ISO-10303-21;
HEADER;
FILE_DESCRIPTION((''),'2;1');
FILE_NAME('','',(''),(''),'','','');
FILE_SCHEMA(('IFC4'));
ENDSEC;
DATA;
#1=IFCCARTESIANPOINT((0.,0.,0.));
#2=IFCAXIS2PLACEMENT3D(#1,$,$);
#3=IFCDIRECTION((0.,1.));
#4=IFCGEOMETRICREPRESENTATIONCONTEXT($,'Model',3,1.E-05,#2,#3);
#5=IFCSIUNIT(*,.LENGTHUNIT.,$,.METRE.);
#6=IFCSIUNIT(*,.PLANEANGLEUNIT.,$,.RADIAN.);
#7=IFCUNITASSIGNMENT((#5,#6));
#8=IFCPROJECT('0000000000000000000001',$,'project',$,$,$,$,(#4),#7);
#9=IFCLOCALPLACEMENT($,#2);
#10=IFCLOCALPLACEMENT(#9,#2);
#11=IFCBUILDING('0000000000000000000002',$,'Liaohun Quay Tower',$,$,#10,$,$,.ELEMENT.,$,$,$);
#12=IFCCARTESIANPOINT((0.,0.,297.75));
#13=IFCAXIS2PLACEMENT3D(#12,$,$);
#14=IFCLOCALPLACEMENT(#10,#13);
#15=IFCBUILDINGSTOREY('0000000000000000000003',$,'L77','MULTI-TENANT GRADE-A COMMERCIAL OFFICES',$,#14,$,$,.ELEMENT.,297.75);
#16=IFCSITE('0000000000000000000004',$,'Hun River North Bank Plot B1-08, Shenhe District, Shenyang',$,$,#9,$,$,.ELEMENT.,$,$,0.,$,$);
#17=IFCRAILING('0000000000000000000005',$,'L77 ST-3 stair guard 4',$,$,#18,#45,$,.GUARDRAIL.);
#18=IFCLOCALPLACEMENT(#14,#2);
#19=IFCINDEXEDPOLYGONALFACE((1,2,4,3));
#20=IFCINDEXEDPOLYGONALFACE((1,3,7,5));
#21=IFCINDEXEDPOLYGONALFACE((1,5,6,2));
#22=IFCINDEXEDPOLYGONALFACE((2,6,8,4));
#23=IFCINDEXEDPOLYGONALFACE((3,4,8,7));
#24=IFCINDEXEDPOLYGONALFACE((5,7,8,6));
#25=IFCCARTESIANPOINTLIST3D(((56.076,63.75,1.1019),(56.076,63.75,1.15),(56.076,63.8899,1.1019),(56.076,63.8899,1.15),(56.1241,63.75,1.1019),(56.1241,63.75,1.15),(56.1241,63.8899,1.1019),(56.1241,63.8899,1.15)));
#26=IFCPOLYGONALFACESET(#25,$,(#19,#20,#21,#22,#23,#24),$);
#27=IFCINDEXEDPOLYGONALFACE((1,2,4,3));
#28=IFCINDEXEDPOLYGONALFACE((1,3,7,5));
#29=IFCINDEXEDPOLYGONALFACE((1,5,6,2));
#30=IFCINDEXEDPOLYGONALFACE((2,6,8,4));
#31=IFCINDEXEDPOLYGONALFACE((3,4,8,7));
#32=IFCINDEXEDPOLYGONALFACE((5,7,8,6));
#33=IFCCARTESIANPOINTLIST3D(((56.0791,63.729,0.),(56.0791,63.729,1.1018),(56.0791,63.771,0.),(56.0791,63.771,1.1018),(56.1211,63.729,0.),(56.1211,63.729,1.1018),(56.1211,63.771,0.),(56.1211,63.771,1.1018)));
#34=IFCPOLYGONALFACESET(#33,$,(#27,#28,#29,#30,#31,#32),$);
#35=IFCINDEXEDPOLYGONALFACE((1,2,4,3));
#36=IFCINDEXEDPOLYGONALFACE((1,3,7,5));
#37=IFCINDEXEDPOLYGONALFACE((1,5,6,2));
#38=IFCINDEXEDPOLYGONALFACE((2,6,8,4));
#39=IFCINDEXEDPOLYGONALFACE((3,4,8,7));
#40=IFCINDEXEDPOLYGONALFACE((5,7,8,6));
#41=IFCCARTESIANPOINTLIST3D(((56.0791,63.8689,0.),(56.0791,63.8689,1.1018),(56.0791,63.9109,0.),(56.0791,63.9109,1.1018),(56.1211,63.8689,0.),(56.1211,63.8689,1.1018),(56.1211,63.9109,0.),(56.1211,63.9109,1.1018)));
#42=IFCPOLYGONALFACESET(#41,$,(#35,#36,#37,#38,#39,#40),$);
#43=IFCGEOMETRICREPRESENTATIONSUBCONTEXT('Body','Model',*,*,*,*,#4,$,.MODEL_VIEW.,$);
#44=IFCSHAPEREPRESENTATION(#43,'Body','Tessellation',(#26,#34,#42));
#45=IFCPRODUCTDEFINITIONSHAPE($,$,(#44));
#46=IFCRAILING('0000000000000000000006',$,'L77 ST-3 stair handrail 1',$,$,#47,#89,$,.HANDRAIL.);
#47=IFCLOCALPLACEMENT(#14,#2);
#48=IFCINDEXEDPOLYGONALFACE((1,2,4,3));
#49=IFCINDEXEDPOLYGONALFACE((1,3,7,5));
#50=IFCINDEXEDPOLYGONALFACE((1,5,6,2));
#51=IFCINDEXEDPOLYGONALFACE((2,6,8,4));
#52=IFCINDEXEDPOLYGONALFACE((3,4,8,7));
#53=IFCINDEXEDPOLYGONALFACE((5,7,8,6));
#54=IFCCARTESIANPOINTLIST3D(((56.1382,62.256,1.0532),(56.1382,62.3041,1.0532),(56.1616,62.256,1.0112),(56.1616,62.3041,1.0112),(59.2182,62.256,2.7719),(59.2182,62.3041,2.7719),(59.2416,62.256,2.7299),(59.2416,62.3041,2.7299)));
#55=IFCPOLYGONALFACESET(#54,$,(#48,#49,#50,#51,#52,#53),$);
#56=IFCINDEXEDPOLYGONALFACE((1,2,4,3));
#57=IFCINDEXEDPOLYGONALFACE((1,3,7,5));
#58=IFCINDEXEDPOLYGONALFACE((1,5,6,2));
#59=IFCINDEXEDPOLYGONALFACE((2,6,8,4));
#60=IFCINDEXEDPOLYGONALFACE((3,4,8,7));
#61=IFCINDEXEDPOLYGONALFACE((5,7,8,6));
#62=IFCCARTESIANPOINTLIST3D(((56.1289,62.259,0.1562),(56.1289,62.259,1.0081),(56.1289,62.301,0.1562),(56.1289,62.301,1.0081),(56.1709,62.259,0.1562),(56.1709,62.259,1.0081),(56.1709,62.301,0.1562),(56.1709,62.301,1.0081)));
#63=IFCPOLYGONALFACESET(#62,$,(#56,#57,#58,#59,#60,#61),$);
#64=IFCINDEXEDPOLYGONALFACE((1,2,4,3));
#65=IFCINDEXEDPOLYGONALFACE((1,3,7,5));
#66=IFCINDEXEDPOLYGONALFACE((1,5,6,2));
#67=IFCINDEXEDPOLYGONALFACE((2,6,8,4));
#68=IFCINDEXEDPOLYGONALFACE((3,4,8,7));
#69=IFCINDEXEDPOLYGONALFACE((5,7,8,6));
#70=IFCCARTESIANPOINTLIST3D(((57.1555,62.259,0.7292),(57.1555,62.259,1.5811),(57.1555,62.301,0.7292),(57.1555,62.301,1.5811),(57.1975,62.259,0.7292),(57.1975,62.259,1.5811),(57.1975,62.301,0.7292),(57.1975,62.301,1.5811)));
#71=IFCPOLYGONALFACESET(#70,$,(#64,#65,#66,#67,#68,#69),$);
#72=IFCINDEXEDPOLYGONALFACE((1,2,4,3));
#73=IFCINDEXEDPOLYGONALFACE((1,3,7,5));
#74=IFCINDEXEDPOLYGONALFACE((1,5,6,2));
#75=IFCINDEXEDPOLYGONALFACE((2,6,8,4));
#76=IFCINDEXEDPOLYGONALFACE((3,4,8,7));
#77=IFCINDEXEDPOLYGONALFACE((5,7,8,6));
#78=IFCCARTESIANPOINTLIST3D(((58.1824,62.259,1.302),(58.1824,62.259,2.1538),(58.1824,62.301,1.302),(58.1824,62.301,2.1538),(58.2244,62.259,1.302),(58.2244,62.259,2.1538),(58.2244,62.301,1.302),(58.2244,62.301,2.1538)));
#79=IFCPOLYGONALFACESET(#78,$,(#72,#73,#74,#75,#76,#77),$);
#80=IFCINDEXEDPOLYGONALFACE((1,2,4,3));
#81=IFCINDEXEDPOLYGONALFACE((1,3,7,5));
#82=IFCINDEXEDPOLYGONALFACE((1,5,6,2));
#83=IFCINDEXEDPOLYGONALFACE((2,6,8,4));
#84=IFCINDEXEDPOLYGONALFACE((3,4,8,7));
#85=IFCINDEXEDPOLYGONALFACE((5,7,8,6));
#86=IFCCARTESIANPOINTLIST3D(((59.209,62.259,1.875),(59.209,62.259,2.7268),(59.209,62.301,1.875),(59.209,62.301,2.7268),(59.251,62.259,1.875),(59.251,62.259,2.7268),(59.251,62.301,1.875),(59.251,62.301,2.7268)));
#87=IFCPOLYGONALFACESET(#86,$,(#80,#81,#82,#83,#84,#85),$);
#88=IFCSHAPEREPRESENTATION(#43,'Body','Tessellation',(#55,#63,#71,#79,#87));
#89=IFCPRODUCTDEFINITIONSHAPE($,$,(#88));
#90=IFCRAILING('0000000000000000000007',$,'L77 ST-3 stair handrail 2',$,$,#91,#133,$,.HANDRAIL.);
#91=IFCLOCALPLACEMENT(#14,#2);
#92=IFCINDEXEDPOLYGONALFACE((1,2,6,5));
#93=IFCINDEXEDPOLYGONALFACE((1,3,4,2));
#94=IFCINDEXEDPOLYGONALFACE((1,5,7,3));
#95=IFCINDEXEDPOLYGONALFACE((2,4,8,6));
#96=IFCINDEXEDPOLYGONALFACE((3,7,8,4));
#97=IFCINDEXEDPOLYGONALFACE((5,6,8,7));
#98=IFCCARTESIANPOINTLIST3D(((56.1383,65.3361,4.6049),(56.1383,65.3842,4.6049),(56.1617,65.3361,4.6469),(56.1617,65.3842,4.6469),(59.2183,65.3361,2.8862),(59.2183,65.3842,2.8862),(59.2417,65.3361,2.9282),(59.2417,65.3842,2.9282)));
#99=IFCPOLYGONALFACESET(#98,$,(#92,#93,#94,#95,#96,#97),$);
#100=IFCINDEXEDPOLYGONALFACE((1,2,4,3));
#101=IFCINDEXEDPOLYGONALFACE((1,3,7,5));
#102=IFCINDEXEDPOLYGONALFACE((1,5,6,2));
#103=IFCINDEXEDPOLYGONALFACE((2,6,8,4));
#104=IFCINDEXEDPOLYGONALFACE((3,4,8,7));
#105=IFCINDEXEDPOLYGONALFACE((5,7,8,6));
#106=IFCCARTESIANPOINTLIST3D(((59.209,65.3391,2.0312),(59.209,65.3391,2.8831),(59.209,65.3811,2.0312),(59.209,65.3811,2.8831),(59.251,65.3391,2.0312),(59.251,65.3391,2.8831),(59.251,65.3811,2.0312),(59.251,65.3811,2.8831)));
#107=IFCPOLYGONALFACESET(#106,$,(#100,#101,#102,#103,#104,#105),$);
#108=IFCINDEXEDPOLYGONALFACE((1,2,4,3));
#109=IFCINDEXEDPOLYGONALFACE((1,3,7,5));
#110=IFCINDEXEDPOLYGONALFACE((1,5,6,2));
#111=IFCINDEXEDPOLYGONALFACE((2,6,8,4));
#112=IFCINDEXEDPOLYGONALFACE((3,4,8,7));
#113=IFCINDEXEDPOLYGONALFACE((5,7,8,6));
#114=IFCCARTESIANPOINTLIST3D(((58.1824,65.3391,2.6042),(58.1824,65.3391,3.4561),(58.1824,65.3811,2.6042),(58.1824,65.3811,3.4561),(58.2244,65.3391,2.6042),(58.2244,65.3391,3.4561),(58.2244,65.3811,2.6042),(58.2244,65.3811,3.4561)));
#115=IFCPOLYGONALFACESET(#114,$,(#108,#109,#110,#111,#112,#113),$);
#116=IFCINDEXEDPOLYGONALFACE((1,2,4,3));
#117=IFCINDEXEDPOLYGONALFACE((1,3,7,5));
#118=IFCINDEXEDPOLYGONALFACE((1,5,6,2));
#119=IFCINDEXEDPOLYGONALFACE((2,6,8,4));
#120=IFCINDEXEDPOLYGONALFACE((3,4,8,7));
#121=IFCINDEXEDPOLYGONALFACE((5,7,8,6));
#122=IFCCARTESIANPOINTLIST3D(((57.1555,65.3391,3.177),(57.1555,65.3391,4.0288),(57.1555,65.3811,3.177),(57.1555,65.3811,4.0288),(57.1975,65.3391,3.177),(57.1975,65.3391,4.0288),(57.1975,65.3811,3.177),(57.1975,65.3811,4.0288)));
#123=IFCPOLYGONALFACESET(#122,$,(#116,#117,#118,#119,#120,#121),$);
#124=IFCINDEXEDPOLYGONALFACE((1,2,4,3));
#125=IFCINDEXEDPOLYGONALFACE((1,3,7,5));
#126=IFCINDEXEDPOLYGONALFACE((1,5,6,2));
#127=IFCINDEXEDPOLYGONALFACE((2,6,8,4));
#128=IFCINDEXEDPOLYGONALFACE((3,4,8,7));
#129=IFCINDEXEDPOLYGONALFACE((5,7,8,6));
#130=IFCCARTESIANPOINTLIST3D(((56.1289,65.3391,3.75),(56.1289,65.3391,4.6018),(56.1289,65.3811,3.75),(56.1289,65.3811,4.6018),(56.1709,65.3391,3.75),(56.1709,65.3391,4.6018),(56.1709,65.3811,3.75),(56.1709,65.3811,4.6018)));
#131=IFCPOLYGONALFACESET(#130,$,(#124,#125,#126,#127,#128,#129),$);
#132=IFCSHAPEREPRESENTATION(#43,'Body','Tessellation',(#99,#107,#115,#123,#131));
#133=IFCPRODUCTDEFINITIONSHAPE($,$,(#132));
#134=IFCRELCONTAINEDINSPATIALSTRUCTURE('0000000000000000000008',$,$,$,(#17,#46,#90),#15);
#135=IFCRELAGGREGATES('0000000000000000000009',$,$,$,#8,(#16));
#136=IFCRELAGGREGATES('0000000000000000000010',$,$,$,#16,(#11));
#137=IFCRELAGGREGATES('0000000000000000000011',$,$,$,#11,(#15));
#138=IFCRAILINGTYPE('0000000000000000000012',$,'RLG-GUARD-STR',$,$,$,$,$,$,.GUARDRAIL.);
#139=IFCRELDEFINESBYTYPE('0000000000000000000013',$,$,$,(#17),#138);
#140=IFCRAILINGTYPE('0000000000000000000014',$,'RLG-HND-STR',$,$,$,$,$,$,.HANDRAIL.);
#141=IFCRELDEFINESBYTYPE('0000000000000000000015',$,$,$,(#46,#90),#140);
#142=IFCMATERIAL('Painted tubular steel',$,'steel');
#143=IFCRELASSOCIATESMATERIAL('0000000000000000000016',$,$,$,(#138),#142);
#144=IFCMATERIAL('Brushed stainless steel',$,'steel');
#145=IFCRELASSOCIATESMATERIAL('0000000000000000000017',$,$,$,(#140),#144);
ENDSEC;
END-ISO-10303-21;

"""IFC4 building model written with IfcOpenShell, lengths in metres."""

from ifc_helpers import new_model, si_unit, direction, frame, origin, origin_2d, place, context, subcontext, project, spatial, rectangle, extrude, material, type_object, element, save


model = new_model("IFC4")

# Units and contexts
model_context = context("Model", 3, precision=1e-05, world=origin(), true_north=direction((0.0, 1.0)))
body_context = subcontext(model_context, "Body", "Model", "MODEL_VIEW")
ifc_project = project(units=[si_unit("LENGTHUNIT", "METRE"), si_unit("PLANEANGLEUNIT", "RADIAN")], contexts=[model_context])

# Site, building, storey
site_placement = place(None, origin())
site = spatial("IfcSite", under=ifc_project, at=site_placement, Name="Hun River North Bank Plot B1-08, Shenhe District, Shenyang", CompositionType="ELEMENT", RefElevation=0.0)
building_placement = place(site_placement, origin())
building = spatial("IfcBuilding", under=site, at=building_placement, Name="Liaohun Quay Tower", CompositionType="ELEMENT")
storey_placement = place(building_placement, frame((0.0, 0.0, 297.75)))
storey = spatial("IfcBuildingStorey", under=building, at=storey_placement, Name="L77", Description="MULTI-TENANT GRADE-A COMMERCIAL OFFICES", CompositionType="ELEMENT", Elevation=297.75)

# Railings
ifc_material_1 = material(Name="Painted tubular steel", Category="steel")
railing_type_1 = type_object("IfcRailingType", Name="RLG-GUARD-STR", PredefinedType="GUARDRAIL", material=ifc_material_1)
railing_1_placement = place(storey_placement, frame((56.1001, 63.75, 0.0)))
element("IfcRailing", 1, at=railing_1_placement, inside=storey, type_object=railing_type_1, Name="L77 ST-3 stair guard 4", PredefinedType="GUARDRAIL", context=body_context, shape_type="SweptSolid", body=[
    extrude(rectangle(XDim=0.0481, YDim=0.0481, at=origin_2d()), frame((0.0, 0.0, 1.126), z_axis=(0.0, 1.0, 0.0), x_axis=(-1.0, 0.0, 0.0)), (0.0, 0.0, 1.0), 0.1399),
    extrude(rectangle(XDim=0.042, YDim=0.042, at=origin_2d()), origin(), (0.0, 0.0, 1.0), 1.1018),
    extrude(rectangle(XDim=0.042, YDim=0.042, at=origin_2d()), frame((0.0, 0.1399, 0.0)), (0.0, 0.0, 1.0), 1.1018),
])
ifc_material_2 = material(Name="Brushed stainless steel", Category="steel")
railing_type_2 = type_object("IfcRailingType", Name="RLG-HND-STR", PredefinedType="HANDRAIL", material=ifc_material_2)
railing_2_placement = place(storey_placement, frame((56.1499, 62.28, 0.1562)))
element("IfcRailing", 2, at=railing_2_placement, inside=storey, type_object=railing_type_2, Name="L77 ST-3 stair handrail 1", PredefinedType="HANDRAIL", context=body_context, shape_type="SweptSolid", body=[
    extrude(rectangle(XDim=0.0481, YDim=0.0481, at=origin_2d()), frame((0.0, 0.0, 0.876), z_axis=(0.873242, 0.0, 0.487288), x_axis=(0.0, 1.0, 0.0)), (0.0, 0.0, 1.0), 3.5271),
    extrude(rectangle(XDim=0.042, YDim=0.042, at=origin_2d()), origin(), (0.0, 0.0, 1.0), 0.8518),
    extrude(rectangle(XDim=0.042, YDim=0.042, at=origin_2d()), frame((1.0266, 0.0, 0.573)), (0.0, 0.0, 1.0), 0.8518),
    extrude(rectangle(XDim=0.042, YDim=0.042, at=origin_2d()), frame((2.0535, 0.0, 1.1458)), (0.0, 0.0, 1.0), 0.8518),
    extrude(rectangle(XDim=0.042, YDim=0.042, at=origin_2d()), frame((3.0801, 0.0, 1.7188)), (0.0, 0.0, 1.0), 0.8518),
])
railing_3_placement = place(storey_placement, frame((59.23, 65.3601, 2.0312)))
element("IfcRailing", 3, at=railing_3_placement, inside=storey, type_object=railing_type_2, Name="L77 ST-3 stair handrail 2", PredefinedType="HANDRAIL", context=body_context, shape_type="SweptSolid", body=[
    extrude(rectangle(XDim=0.0481, YDim=0.0481, at=origin_2d()), frame((0.0, 0.0, 0.876), z_axis=(-0.873242, 0.0, 0.487288), x_axis=(0.0, -1.0, 0.0)), (0.0, 0.0, 1.0), 3.5271),
    extrude(rectangle(XDim=0.042, YDim=0.042, at=origin_2d()), origin(), (0.0, 0.0, 1.0), 0.8518),
    extrude(rectangle(XDim=0.042, YDim=0.042, at=origin_2d()), frame((-1.0266, 0.0, 0.573)), (0.0, 0.0, 1.0), 0.8518),
    extrude(rectangle(XDim=0.042, YDim=0.042, at=origin_2d()), frame((-2.0535, 0.0, 1.1458)), (0.0, 0.0, 1.0), 0.8518),
    extrude(rectangle(XDim=0.042, YDim=0.042, at=origin_2d()), frame((-3.0801, 0.0, 1.7188)), (0.0, 0.0, 1.0), 0.8518),
])

save(model, "model.ifc")
